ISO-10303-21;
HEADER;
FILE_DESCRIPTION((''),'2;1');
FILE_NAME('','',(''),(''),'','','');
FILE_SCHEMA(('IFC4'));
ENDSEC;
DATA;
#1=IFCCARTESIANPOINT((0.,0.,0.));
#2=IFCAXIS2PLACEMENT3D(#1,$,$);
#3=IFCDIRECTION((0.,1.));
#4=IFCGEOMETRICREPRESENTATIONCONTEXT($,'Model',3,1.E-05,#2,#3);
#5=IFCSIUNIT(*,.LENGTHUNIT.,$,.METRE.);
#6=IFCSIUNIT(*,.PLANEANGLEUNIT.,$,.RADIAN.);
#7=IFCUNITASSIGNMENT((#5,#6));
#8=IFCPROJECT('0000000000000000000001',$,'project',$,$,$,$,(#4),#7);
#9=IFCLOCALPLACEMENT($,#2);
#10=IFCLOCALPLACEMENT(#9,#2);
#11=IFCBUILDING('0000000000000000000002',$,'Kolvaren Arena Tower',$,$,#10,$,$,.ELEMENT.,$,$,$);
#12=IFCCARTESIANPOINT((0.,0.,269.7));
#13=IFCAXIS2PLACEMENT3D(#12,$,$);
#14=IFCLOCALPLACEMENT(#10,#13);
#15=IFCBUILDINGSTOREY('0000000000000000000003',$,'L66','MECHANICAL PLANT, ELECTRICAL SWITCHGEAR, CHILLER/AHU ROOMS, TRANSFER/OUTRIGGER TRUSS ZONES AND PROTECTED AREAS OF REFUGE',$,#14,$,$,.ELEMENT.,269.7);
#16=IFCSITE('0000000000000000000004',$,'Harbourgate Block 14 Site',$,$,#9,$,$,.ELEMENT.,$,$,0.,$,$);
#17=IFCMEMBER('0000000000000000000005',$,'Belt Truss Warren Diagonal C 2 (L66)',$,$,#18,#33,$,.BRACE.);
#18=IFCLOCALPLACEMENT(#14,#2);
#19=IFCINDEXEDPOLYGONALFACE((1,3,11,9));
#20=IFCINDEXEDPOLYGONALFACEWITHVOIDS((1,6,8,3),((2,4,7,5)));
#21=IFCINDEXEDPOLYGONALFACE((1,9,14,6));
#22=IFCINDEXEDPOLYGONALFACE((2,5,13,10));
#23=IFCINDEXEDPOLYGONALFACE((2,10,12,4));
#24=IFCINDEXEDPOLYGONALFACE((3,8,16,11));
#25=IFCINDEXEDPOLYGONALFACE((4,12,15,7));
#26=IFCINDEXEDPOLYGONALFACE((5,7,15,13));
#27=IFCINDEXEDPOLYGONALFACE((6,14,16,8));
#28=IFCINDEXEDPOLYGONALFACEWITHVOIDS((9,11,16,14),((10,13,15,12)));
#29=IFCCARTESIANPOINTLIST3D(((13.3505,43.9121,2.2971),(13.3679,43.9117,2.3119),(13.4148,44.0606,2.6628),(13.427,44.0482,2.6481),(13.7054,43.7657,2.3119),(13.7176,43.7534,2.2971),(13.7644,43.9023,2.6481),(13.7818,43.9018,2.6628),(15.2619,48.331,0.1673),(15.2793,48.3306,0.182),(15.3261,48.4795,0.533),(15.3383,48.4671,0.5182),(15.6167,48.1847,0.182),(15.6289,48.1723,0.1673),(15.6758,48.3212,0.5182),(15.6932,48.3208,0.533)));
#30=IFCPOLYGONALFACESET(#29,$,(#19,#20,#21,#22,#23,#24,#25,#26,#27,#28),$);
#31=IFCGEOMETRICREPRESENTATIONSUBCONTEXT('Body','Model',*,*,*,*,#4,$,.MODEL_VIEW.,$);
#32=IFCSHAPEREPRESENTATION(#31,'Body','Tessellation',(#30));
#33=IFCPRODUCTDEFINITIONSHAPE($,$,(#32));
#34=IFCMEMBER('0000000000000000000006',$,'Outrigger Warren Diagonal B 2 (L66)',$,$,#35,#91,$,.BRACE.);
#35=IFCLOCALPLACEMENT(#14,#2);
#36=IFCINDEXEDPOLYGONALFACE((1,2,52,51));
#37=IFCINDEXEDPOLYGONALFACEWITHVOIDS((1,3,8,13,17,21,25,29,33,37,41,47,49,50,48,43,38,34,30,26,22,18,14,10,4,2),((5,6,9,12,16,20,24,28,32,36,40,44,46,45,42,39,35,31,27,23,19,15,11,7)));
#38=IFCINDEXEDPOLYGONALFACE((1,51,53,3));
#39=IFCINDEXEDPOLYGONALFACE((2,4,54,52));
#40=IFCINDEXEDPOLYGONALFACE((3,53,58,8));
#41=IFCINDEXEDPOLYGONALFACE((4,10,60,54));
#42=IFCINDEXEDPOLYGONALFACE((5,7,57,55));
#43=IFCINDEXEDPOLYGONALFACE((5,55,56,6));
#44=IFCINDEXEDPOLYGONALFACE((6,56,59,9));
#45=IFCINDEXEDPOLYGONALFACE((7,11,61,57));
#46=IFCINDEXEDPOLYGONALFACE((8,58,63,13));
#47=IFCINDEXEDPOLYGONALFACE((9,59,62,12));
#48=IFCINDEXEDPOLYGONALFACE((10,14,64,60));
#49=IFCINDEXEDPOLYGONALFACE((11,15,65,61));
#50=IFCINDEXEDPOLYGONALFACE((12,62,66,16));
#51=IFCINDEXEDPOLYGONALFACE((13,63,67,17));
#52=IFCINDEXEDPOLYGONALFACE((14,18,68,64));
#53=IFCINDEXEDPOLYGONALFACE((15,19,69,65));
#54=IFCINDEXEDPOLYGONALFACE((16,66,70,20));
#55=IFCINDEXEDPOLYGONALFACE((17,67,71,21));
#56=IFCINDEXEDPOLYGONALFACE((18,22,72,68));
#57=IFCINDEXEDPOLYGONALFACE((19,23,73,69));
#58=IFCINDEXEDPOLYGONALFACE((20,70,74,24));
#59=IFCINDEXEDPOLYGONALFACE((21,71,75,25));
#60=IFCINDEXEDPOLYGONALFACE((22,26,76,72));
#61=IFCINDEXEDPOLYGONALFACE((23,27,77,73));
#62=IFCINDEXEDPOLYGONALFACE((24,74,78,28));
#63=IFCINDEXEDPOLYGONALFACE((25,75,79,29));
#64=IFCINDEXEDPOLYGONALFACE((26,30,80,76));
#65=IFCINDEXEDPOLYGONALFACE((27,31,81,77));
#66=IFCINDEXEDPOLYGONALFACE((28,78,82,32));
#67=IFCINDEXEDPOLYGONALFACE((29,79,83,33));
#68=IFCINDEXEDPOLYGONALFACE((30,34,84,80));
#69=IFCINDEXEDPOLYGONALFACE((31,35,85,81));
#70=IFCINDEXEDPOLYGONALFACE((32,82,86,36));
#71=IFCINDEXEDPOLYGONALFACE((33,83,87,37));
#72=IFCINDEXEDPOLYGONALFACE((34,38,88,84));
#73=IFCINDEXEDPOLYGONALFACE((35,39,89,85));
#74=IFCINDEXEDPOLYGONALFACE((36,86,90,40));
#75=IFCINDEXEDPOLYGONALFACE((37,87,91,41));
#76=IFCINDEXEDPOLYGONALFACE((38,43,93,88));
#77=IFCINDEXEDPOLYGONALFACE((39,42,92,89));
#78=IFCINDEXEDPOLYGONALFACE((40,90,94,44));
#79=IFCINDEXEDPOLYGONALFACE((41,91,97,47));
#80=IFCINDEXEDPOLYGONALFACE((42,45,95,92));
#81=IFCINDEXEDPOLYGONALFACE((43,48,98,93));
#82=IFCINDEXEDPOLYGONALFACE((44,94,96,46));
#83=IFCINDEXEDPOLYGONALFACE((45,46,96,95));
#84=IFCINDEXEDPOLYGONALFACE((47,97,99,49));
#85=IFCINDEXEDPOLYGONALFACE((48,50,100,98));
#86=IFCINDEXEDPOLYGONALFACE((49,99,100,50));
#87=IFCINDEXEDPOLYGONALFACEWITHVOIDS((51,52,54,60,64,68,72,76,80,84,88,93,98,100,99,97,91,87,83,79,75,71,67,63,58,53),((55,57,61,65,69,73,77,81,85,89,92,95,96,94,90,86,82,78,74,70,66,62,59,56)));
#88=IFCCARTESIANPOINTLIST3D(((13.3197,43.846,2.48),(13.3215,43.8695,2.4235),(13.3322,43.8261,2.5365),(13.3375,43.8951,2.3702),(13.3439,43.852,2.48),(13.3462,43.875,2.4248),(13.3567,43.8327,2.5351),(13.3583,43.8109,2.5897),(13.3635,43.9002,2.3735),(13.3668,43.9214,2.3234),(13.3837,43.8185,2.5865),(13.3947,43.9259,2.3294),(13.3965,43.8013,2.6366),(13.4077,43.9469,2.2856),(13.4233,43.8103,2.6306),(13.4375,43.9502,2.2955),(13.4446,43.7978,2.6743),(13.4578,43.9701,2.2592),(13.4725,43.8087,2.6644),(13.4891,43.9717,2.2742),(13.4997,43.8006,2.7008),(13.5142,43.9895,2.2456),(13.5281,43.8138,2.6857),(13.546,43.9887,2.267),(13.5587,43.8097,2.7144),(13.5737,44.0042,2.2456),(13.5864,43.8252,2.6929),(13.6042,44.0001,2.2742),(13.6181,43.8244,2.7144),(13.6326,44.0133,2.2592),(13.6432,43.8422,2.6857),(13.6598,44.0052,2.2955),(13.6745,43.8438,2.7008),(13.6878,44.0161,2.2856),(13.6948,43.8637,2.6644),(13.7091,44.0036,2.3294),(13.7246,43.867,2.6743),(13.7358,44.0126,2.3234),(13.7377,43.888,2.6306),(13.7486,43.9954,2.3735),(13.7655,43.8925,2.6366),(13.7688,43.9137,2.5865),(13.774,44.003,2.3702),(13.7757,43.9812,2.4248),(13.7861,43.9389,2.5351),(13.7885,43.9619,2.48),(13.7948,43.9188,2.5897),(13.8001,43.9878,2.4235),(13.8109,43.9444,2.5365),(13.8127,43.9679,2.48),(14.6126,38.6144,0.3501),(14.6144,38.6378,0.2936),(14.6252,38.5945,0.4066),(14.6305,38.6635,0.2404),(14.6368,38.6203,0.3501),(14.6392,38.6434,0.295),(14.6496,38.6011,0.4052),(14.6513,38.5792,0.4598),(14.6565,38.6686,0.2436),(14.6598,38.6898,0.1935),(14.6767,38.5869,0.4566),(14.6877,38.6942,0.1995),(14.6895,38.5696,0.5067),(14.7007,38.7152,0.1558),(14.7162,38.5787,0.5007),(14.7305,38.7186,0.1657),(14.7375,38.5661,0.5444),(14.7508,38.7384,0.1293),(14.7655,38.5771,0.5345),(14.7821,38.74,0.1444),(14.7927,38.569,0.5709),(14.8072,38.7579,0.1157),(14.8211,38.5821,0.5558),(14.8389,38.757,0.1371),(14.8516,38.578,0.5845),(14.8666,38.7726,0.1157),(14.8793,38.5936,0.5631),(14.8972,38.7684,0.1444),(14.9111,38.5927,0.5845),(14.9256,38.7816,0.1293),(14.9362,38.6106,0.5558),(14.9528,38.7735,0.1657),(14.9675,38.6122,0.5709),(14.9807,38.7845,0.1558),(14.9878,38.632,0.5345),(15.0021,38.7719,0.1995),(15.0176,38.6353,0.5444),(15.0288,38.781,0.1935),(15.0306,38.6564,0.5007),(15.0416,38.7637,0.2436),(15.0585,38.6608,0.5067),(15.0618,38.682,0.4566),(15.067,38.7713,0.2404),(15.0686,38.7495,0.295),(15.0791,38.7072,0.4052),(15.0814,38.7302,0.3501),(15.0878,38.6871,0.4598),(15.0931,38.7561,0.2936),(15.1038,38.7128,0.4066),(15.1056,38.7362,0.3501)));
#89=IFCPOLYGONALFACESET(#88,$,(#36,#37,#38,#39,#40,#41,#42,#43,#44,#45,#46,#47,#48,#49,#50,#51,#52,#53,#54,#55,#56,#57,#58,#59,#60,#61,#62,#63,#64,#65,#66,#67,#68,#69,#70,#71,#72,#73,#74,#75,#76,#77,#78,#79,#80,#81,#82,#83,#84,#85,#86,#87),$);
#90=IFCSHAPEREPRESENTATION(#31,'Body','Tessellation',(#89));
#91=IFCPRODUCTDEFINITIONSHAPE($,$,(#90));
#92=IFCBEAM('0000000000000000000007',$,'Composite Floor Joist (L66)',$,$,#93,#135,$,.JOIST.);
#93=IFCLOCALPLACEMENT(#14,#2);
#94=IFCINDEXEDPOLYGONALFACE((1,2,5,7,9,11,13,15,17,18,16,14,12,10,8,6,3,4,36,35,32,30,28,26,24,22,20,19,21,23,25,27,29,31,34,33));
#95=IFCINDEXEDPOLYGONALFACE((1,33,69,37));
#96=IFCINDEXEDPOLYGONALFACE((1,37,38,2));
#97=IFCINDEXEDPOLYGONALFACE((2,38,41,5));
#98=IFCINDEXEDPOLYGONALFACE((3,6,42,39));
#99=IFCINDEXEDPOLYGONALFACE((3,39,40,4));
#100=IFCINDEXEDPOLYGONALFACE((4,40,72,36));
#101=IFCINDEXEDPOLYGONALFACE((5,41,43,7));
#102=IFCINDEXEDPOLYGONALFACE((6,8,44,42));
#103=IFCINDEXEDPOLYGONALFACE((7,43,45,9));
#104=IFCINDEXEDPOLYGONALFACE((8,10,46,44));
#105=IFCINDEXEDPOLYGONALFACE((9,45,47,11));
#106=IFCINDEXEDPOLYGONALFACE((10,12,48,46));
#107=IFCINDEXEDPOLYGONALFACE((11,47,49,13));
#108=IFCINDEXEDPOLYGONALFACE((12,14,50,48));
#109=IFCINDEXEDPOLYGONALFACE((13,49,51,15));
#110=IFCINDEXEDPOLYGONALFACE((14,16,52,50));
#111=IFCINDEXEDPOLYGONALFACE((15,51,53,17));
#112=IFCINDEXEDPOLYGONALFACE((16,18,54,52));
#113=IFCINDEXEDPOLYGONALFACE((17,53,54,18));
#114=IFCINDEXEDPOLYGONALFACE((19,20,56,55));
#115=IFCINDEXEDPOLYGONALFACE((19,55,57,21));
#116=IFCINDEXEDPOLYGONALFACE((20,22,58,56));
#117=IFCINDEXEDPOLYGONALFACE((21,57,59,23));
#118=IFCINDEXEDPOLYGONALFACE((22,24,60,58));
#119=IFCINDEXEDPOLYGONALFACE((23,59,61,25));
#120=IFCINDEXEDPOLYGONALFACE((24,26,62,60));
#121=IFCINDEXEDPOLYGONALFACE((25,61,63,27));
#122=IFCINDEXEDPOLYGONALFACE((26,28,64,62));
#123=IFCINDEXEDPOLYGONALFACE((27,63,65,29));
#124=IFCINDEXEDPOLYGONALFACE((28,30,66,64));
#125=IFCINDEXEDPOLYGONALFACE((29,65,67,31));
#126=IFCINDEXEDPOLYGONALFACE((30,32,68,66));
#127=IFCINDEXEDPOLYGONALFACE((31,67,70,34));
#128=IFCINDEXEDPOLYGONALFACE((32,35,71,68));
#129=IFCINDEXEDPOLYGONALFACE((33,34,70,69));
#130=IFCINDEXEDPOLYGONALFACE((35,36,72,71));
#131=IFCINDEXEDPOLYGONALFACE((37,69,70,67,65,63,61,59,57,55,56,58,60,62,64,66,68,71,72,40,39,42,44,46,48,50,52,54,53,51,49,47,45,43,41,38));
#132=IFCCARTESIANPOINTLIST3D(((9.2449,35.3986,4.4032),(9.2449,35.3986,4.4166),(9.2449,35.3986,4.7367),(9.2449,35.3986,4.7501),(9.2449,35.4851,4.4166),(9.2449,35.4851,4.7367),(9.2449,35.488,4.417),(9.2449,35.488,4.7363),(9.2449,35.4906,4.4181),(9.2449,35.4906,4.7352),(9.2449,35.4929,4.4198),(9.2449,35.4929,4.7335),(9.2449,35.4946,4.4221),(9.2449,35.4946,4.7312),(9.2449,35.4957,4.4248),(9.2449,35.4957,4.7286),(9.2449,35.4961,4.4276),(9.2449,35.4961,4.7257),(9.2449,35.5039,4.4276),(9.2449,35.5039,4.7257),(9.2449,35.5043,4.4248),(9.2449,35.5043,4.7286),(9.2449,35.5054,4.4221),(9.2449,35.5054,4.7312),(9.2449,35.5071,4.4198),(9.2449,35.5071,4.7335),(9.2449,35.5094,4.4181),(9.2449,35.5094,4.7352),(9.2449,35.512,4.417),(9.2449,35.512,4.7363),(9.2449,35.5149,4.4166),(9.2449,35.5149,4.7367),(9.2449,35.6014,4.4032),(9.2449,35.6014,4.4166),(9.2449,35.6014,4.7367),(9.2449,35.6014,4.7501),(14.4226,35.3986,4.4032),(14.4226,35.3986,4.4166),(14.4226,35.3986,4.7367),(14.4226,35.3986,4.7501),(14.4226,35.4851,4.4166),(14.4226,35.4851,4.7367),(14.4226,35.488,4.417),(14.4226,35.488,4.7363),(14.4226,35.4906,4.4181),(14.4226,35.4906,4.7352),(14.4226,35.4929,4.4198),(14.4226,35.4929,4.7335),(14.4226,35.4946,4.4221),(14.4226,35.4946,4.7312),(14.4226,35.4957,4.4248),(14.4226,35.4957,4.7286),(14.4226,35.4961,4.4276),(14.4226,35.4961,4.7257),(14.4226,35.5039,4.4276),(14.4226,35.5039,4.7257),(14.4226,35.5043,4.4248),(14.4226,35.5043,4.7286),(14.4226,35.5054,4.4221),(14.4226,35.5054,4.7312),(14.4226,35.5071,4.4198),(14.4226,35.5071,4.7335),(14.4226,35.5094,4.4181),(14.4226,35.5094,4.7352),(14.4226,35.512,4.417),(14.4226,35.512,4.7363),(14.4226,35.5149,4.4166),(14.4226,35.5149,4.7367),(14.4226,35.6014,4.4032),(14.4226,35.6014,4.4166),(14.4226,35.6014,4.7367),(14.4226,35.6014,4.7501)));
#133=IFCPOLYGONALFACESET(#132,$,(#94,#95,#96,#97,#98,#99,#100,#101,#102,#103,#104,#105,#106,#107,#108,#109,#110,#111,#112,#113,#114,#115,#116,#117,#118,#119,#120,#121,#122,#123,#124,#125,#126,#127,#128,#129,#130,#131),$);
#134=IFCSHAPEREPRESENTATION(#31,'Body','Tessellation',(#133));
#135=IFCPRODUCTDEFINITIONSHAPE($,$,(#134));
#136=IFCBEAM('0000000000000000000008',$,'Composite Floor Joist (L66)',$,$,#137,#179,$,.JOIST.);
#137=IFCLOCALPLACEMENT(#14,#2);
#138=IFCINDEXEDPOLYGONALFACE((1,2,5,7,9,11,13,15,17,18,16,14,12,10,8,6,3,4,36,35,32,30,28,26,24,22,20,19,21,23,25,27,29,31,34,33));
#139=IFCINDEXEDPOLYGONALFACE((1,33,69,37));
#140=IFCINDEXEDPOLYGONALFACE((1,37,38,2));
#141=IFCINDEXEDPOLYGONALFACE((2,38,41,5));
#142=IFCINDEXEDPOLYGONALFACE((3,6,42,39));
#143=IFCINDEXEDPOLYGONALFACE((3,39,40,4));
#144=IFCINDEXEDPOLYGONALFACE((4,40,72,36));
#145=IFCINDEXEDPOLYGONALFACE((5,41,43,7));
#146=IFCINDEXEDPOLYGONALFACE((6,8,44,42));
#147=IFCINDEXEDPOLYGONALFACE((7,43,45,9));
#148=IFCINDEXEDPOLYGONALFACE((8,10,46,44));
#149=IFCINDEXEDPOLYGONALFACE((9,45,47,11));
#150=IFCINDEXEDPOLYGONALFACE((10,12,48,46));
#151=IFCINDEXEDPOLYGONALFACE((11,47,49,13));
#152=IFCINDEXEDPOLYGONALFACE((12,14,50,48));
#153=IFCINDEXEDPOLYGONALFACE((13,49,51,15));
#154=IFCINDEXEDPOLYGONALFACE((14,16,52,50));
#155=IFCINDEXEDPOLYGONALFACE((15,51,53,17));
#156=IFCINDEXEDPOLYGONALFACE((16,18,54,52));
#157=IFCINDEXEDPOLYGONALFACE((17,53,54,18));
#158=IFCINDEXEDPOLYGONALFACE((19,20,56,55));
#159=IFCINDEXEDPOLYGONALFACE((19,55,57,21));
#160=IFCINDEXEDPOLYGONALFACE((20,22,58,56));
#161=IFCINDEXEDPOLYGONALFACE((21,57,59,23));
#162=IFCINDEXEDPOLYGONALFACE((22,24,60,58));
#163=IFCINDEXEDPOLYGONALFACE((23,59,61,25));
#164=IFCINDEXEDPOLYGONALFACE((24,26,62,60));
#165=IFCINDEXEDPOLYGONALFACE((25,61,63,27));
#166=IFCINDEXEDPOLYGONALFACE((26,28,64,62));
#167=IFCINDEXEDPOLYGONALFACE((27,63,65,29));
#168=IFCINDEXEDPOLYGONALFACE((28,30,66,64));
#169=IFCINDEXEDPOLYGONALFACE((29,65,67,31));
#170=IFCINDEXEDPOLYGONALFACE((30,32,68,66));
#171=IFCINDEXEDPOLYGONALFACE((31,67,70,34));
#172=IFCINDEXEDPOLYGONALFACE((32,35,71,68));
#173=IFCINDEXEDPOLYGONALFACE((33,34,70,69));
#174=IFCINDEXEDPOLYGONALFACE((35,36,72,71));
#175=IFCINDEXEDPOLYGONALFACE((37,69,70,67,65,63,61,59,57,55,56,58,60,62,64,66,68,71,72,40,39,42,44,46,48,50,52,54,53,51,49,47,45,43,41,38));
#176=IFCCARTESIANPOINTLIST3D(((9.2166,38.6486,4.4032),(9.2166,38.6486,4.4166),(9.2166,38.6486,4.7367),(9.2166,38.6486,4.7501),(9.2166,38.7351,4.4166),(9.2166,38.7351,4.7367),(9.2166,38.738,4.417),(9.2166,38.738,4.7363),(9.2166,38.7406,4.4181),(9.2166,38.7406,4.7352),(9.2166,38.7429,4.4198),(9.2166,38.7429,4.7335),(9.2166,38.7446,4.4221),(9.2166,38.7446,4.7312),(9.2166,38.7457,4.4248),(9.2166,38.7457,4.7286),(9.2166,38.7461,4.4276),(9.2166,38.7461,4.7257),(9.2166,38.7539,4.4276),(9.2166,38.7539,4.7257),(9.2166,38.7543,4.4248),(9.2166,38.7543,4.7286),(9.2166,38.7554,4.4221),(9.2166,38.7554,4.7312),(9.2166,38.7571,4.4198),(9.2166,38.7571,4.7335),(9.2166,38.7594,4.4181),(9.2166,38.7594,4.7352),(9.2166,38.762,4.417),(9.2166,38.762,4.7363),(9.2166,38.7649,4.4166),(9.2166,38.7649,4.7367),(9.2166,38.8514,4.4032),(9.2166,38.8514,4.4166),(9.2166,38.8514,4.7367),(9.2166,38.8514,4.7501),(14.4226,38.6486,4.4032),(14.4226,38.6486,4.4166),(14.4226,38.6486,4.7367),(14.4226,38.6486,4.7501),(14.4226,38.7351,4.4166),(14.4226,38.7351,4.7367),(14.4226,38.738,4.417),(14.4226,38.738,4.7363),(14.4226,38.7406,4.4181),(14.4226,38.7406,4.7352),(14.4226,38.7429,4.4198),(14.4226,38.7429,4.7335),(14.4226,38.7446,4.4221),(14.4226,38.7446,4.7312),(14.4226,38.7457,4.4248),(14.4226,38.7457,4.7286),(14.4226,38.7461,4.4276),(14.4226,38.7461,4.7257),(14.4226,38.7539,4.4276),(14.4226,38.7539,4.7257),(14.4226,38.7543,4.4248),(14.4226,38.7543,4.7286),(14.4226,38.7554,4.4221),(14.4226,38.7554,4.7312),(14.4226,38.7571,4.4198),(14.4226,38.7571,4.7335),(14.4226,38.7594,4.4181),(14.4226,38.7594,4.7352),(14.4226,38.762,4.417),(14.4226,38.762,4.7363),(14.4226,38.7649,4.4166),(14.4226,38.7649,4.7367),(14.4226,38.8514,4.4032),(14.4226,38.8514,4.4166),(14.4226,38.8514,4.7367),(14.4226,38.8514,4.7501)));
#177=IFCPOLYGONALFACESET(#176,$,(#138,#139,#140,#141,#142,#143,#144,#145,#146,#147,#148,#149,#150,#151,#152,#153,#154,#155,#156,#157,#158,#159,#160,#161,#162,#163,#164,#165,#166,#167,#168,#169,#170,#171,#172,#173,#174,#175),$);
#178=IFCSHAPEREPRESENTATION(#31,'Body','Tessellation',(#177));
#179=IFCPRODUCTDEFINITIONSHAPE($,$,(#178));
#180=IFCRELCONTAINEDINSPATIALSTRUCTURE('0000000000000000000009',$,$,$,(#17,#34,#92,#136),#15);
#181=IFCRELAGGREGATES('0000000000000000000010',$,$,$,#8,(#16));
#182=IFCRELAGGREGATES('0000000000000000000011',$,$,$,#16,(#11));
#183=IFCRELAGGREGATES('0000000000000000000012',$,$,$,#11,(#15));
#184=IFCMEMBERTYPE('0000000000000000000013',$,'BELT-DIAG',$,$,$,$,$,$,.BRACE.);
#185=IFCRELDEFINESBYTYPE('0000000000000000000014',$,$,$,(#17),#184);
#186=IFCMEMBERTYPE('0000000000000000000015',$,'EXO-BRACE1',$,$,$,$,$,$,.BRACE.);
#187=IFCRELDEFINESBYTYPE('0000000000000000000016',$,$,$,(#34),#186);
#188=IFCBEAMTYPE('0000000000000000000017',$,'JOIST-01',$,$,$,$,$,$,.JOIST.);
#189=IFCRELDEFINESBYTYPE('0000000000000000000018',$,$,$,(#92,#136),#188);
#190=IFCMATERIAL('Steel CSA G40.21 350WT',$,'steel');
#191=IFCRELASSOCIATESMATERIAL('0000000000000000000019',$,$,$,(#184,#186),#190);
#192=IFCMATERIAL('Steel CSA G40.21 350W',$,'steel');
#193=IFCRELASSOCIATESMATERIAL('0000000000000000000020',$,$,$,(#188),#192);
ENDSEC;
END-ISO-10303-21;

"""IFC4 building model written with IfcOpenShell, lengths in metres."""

from ifc_helpers import new_model, si_unit, direction, frame, origin, origin_2d, place, context, subcontext, project, spatial, hollow_rectangle, hollow_circle, i_section, extrude, material, material_profile, profile_set, type_object, element, save


model = new_model("IFC4")

# Units and contexts
model_context = context("Model", 3, precision=1e-05, world=origin(), true_north=direction((0.0, 1.0)))
body_context = subcontext(model_context, "Body", "Model", "MODEL_VIEW")
ifc_project = project(units=[si_unit("LENGTHUNIT", "METRE"), si_unit("PLANEANGLEUNIT", "RADIAN")], contexts=[model_context])

# Site, building, storey
site_placement = place(None, origin())
site = spatial("IfcSite", under=ifc_project, at=site_placement, Name="Harbourgate Block 14 Site", CompositionType="ELEMENT", RefElevation=0.0)
building_placement = place(site_placement, origin())
building = spatial("IfcBuilding", under=site, at=building_placement, Name="Kolvaren Arena Tower", CompositionType="ELEMENT")
storey_placement = place(building_placement, frame((0.0, 0.0, 269.7)))
storey = spatial("IfcBuildingStorey", under=building, at=storey_placement, Name="L66", Description="MECHANICAL PLANT, ELECTRICAL SWITCHGEAR, CHILLER/AHU ROOMS, TRANSFER/OUTRIGGER TRUSS ZONES AND PROTECTED AREAS OF REFUGE", CompositionType="ELEMENT", Elevation=269.7)

# Shared definitions
ifc_material_1 = material(Name="Steel CSA G40.21 350W", Category="steel")

# Members
ifc_material_2 = material(Name="Steel CSA G40.21 350WT", Category="steel")
ifc_material_profile_1 = material_profile(ifc_material_2, hollow_rectangle(XDim=0.3999, YDim=0.3999, WallThickness=0.0161, at=origin_2d()), Name="HSS 400x400x16")
ifc_profile_set_1 = profile_set([ifc_material_profile_1], Name="Steel CSA G40.21 350WT")
member_type_1 = type_object("IfcMemberType", Name="BELT-DIAG", PredefinedType="BRACE", material=ifc_profile_set_1)
member_1_placement = place(storey_placement, frame((13.5662, 43.907, 2.48), z_axis=(0.363057, 0.839357, -0.404561), x_axis=(-0.917821, 0.396995, 0.0)))
element("IfcMember", 1, at=member_1_placement, inside=storey, type_object=member_type_1, Name="Belt Truss Warren Diagonal C 2 (L66)", PredefinedType="BRACE", context=body_context, shape_type="SweptSolid", body=[
    extrude(hollow_rectangle(XDim=0.3999, YDim=0.3999, WallThickness=0.0161, at=origin_2d()), origin(), (0.0, 0.0, 1.0), 5.2646),
])
ifc_material_profile_2 = material_profile(ifc_material_2, hollow_circle(Radius=0.2539, WallThickness=0.0249, at=origin_2d()), Name="CHS 508x25")
ifc_profile_set_2 = profile_set([ifc_material_profile_2], Name="Steel CSA G40.21 350WT")
member_type_2 = type_object("IfcMemberType", Name="EXO-BRACE1", PredefinedType="BRACE", material=ifc_profile_set_2)
member_2_placement = place(storey_placement, frame((14.8591, 38.6753, 0.3501), z_axis=(-0.223129, 0.902838, 0.367556), x_axis=(-0.970792, -0.239923, 0.0)))
element("IfcMember", 2, at=member_2_placement, inside=storey, type_object=member_type_2, Name="Outrigger Warren Diagonal B 2 (L66)", PredefinedType="BRACE", context=body_context, shape_type="SweptSolid", body=[
    extrude(hollow_circle(Radius=0.2539, WallThickness=0.0249, at=origin_2d()), origin(), (0.0, 0.0, 1.0), 5.7947),
])

# Beams
ifc_material_profile_3 = material_profile(ifc_material_1, i_section(OverallWidth=0.2029, OverallDepth=0.3469, WebThickness=0.0078, FlangeThickness=0.0134, FilletRadius=0.011, at=origin_2d()), Name="W360x64")
ifc_profile_set_3 = profile_set([ifc_material_profile_3], Name="Steel CSA G40.21 350W")
beam_type_1 = type_object("IfcBeamType", Name="JOIST-01", PredefinedType="JOIST", material=ifc_profile_set_3)
beam_1_placement = place(storey_placement, frame((9.2449, 35.5, 4.5767), z_axis=(1.0, 0.0, 0.0), x_axis=(0.0, 1.0, 0.0)))
element("IfcBeam", 3, at=beam_1_placement, inside=storey, type_object=beam_type_1, Name="Composite Floor Joist (L66)", PredefinedType="JOIST", context=body_context, shape_type="SweptSolid", body=[
    extrude(i_section(OverallWidth=0.2029, OverallDepth=0.3469, WebThickness=0.0078, FlangeThickness=0.0134, FilletRadius=0.011, at=origin_2d()), origin(), (0.0, 0.0, 1.0), 5.1777),
])
beam_2_placement = place(storey_placement, frame((9.2166, 38.75, 4.5767), z_axis=(1.0, 0.0, 0.0), x_axis=(0.0, 1.0, 0.0)))
element("IfcBeam", 4, at=beam_2_placement, inside=storey, type_object=beam_type_1, Name="Composite Floor Joist (L66)", PredefinedType="JOIST", context=body_context, shape_type="SweptSolid", body=[
    extrude(i_section(OverallWidth=0.2029, OverallDepth=0.3469, WebThickness=0.0078, FlangeThickness=0.0134, FilletRadius=0.011, at=origin_2d()), origin(), (0.0, 0.0, 1.0), 5.2061),
])

save(model, "model.ifc")
